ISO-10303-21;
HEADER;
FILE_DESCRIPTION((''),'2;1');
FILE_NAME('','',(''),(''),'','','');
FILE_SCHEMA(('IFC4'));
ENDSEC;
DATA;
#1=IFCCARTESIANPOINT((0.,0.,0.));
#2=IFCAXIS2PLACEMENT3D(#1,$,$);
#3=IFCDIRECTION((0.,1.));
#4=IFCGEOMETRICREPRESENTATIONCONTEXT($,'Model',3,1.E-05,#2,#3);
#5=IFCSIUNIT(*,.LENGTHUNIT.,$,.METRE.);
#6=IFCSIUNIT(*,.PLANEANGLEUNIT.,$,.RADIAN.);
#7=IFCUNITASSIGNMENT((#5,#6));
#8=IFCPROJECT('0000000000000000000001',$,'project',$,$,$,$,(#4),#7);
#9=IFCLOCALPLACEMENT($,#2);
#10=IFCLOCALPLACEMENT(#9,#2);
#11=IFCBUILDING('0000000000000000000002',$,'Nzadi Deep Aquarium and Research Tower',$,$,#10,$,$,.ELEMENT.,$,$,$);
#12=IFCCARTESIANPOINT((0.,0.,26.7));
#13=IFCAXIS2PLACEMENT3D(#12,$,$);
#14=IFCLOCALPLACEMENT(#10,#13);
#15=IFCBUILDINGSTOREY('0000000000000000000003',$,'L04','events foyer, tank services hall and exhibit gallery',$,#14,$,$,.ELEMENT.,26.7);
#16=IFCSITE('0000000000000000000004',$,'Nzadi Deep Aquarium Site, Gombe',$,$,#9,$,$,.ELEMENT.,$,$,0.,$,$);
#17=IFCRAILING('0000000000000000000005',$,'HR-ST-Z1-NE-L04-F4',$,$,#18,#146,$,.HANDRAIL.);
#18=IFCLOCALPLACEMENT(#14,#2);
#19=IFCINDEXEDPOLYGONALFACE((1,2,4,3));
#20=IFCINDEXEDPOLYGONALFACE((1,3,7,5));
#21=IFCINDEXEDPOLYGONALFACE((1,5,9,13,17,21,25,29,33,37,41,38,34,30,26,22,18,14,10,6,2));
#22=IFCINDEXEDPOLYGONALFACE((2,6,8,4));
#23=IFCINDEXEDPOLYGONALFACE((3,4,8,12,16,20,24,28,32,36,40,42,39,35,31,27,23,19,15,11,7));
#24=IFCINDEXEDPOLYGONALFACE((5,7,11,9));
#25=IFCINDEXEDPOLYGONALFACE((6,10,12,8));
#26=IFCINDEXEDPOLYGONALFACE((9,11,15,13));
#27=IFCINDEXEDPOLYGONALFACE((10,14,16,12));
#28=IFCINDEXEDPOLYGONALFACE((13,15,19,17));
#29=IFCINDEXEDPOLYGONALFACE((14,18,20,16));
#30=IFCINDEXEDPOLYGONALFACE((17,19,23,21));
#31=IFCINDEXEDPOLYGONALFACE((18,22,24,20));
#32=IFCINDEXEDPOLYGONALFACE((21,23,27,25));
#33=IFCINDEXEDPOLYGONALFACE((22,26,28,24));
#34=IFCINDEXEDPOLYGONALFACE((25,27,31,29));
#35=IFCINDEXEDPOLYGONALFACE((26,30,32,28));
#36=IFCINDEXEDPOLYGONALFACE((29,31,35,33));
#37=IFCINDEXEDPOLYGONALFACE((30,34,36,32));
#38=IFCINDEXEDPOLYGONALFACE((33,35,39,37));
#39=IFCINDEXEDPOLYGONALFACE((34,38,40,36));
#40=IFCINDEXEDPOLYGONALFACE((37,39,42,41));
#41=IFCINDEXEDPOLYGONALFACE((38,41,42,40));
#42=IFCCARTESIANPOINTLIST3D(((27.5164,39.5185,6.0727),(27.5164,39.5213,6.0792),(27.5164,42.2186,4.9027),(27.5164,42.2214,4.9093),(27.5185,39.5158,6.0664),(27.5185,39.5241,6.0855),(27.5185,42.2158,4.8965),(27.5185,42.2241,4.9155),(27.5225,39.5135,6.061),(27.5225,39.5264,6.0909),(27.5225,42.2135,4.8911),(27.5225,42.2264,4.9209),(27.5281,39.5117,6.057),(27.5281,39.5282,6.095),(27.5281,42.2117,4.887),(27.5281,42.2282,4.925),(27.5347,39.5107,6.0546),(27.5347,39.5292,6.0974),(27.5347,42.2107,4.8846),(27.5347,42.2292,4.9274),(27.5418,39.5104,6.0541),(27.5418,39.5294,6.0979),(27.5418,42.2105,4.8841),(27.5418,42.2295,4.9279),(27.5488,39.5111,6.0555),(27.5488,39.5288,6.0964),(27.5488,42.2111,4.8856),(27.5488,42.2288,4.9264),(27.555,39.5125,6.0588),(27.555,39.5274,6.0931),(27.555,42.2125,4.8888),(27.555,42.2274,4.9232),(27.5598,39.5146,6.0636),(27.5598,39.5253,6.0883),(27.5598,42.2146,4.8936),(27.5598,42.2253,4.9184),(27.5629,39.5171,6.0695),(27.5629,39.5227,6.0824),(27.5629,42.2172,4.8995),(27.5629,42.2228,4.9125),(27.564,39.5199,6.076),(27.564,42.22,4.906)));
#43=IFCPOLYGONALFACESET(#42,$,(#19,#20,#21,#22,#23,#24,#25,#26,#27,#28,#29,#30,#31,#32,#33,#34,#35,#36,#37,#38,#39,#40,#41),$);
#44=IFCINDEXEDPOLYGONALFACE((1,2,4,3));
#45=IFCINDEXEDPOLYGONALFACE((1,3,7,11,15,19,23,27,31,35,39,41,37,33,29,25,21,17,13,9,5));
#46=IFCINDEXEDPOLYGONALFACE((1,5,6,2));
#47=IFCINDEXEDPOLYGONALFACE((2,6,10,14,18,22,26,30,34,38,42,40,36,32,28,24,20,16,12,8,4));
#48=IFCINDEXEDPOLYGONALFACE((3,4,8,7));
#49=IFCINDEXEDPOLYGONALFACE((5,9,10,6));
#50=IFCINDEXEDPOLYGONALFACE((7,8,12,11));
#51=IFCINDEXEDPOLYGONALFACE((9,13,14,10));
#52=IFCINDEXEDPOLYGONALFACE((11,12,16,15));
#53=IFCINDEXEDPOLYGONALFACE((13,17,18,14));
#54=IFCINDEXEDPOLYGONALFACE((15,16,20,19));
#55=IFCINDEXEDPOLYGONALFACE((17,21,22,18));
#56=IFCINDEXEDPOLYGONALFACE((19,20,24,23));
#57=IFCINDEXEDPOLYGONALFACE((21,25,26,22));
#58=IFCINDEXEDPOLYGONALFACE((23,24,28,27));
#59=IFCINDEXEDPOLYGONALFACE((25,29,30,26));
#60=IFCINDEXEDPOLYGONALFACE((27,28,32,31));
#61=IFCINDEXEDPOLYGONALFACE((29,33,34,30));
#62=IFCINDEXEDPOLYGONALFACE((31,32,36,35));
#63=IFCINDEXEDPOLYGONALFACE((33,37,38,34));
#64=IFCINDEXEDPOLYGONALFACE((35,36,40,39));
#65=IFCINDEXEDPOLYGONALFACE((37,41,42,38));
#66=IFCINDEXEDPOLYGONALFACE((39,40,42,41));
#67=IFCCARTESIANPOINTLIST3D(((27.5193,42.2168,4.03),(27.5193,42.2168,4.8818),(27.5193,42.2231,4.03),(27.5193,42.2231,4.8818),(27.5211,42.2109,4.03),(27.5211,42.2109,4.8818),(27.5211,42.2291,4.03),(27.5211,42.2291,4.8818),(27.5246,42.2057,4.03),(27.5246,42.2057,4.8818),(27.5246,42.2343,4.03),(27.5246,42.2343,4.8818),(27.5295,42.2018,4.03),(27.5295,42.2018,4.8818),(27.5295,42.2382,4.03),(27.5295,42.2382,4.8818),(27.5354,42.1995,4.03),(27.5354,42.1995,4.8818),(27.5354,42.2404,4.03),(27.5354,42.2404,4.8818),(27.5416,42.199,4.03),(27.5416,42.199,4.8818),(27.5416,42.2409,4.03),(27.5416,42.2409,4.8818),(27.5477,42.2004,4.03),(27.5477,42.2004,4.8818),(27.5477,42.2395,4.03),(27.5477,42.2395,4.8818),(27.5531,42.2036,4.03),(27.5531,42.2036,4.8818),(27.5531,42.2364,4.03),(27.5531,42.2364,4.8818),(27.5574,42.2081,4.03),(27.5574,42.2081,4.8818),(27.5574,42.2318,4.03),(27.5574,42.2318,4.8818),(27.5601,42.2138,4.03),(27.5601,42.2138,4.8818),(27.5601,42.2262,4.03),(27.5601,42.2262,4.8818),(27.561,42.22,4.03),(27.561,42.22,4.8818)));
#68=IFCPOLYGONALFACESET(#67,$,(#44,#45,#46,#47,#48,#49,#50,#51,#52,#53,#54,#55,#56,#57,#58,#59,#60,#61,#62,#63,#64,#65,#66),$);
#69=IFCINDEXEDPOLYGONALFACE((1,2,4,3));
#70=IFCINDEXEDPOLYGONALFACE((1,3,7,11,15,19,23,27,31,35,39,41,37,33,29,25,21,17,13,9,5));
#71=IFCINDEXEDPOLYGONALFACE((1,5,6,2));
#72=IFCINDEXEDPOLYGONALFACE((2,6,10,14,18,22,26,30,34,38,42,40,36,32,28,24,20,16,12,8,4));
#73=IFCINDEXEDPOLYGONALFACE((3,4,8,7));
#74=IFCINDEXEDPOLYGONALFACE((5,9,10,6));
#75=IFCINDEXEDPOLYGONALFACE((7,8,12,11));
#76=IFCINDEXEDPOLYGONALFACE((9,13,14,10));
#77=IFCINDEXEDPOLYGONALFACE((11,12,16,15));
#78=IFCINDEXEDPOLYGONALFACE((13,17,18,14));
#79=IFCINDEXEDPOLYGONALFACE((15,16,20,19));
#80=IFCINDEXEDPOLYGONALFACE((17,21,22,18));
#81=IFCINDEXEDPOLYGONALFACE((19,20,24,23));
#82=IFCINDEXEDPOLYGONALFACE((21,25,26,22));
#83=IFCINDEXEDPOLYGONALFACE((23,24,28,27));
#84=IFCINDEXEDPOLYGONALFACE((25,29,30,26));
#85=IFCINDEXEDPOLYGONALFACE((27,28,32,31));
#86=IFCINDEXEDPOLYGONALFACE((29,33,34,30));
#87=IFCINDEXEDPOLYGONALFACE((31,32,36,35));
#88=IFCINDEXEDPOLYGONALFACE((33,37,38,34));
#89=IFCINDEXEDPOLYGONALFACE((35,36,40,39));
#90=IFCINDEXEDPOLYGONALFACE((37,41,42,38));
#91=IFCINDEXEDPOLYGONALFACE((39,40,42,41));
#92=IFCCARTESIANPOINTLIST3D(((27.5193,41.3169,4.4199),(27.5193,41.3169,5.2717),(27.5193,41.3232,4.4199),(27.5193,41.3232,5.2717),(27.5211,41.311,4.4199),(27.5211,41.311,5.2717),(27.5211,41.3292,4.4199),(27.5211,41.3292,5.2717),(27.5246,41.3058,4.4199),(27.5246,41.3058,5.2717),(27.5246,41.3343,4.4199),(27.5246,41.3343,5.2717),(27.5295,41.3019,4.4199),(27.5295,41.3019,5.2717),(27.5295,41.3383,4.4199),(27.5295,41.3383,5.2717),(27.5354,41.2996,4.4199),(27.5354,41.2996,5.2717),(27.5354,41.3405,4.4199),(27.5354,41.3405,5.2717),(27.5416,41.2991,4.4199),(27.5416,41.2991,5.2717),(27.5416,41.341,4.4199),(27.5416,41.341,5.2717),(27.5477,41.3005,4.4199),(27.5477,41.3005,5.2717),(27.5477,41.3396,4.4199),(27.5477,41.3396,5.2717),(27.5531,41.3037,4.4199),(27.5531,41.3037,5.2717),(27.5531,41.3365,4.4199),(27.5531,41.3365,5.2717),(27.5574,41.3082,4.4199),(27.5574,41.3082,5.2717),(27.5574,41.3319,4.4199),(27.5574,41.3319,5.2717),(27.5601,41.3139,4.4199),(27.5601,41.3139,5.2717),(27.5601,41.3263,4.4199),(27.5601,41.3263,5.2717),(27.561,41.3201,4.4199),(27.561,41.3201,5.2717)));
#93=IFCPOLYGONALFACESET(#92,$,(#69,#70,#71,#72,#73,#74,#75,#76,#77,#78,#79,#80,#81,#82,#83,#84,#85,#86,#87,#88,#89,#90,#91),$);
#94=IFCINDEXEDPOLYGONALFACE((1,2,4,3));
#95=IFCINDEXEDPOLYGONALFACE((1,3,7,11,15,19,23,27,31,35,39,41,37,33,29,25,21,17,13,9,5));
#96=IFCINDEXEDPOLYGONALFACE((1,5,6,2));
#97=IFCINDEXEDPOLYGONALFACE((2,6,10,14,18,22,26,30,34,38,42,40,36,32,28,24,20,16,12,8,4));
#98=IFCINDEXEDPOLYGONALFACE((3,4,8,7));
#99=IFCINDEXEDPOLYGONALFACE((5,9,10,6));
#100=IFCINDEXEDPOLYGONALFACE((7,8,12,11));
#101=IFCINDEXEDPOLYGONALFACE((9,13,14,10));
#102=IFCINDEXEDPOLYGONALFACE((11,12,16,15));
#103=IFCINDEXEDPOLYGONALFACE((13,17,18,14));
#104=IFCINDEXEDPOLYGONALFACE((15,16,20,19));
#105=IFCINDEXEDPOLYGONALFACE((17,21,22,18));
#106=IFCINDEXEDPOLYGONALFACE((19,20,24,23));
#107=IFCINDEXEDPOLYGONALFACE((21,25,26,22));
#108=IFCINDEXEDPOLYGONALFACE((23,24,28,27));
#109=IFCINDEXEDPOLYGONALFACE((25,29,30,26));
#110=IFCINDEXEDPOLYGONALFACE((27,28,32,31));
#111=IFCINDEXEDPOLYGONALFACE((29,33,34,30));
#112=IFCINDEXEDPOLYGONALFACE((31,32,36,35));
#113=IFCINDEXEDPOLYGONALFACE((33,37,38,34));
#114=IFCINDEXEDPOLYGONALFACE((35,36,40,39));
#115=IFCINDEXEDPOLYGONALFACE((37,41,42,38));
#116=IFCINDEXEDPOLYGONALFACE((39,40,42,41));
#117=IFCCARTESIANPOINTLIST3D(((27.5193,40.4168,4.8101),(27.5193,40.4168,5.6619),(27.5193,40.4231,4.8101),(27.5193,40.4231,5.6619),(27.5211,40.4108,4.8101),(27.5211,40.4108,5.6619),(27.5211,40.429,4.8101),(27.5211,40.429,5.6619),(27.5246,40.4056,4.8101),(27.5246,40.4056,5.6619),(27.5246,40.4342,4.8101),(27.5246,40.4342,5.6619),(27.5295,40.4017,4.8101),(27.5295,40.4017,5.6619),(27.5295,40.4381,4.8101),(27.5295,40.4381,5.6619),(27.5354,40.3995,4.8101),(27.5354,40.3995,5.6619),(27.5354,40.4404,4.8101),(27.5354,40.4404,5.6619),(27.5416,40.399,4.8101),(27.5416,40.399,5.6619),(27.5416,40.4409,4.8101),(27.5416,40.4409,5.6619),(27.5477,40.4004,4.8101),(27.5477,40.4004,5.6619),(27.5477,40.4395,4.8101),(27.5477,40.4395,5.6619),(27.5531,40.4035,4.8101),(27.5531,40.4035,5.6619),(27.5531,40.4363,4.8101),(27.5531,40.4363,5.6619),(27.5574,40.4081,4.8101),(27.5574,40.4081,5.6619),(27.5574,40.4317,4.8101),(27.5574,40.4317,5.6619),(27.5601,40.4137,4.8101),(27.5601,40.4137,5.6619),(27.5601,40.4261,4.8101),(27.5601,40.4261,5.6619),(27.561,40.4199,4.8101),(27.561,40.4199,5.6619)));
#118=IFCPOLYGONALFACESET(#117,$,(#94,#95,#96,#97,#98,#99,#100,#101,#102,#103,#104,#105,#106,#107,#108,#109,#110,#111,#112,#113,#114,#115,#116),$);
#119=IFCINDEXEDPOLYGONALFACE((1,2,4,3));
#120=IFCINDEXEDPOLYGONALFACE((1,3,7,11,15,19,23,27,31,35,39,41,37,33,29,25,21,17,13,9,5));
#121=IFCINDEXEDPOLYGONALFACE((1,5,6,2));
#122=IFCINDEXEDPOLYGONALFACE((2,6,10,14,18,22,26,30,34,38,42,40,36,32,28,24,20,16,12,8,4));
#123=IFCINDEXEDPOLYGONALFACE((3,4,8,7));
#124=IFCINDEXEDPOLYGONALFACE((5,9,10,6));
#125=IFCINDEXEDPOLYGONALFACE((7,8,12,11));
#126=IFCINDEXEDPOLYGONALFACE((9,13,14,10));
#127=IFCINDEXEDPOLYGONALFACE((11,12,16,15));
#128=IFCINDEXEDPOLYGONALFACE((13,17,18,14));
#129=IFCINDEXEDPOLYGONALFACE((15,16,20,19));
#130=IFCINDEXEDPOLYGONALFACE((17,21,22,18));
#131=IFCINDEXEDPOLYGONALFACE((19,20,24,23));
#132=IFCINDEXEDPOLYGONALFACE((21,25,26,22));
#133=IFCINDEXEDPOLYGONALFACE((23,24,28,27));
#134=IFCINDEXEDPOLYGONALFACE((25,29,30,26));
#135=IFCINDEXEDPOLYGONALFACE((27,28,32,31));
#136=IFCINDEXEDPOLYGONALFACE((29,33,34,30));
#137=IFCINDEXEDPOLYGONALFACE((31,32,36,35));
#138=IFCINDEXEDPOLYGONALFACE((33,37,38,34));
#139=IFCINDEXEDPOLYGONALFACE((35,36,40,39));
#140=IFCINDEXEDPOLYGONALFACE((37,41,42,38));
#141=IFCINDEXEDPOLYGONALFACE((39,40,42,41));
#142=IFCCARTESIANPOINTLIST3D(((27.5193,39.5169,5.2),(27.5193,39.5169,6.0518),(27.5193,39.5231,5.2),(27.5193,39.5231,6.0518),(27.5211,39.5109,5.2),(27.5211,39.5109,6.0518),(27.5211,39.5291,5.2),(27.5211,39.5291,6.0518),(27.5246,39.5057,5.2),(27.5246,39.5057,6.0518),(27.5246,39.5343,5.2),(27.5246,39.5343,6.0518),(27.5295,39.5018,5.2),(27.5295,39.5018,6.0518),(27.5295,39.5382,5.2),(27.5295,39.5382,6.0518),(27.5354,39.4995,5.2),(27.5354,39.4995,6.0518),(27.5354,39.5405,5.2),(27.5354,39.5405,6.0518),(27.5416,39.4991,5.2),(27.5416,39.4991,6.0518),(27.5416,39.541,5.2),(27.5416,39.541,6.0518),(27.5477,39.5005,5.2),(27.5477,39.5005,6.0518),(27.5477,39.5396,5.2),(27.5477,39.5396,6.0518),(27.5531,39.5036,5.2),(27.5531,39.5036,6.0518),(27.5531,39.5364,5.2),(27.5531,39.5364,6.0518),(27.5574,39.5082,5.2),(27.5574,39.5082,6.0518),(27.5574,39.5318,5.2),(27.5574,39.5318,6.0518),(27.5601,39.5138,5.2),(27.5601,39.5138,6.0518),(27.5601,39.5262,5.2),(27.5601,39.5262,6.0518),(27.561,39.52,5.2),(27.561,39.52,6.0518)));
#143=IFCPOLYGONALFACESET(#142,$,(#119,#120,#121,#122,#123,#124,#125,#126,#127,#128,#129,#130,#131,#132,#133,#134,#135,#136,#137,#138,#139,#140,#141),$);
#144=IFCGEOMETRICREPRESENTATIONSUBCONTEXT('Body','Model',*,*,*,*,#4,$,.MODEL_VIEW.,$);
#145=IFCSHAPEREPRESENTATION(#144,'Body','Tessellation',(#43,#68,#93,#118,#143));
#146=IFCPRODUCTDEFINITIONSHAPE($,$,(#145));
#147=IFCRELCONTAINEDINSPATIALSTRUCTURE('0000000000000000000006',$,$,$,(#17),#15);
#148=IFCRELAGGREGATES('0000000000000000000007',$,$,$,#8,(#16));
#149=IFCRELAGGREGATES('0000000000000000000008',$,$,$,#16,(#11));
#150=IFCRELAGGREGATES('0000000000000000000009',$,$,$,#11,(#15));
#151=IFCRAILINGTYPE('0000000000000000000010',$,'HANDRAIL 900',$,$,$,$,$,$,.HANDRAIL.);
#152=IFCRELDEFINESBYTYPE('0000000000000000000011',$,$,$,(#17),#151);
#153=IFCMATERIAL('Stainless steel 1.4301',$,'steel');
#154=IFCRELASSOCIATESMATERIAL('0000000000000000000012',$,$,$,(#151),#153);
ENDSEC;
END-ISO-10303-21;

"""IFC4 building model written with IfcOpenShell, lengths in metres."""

from ifc_helpers import new_model, si_unit, direction, frame, origin, origin_2d, place, context, subcontext, project, spatial, circle, extrude, material, type_object, element, save


model = new_model("IFC4")

# Units and contexts
model_context = context("Model", 3, precision=1e-05, world=origin(), true_north=direction((0.0, 1.0)))
body_context = subcontext(model_context, "Body", "Model", "MODEL_VIEW")
ifc_project = project(units=[si_unit("LENGTHUNIT", "METRE"), si_unit("PLANEANGLEUNIT", "RADIAN")], contexts=[model_context])

# Site, building, storey
site_placement = place(None, origin())
site = spatial("IfcSite", under=ifc_project, at=site_placement, Name="Nzadi Deep Aquarium Site, Gombe", CompositionType="ELEMENT", RefElevation=0.0)
building_placement = place(site_placement, origin())
building = spatial("IfcBuilding", under=site, at=building_placement, Name="Nzadi Deep Aquarium and Research Tower", CompositionType="ELEMENT")
storey_placement = place(building_placement, frame((0.0, 0.0, 26.7)))
storey = spatial("IfcBuildingStorey", under=building, at=storey_placement, Name="L04", Description="events foyer, tank services hall and exhibit gallery", CompositionType="ELEMENT", Elevation=26.7)

# Railing
ifc_material_1 = material(Name="Stainless steel 1.4301", Category="steel")
railing_type = type_object("IfcRailingType", Name="HANDRAIL 900", PredefinedType="HANDRAIL", material=ifc_material_1)
for number, where, name in (
    (1, (27.54, 42.22, 4.03), "HR-ST-Z1-NE-L04-F4"),
):
    element("IfcRailing", number, at=place(storey_placement, frame(where)), inside=storey, type_object=railing_type, Name=name, PredefinedType="HANDRAIL", context=body_context, shape_type="SweptSolid", body=[
        extrude(circle(Radius=0.0239, at=origin_2d()), frame((0.0, 0.0, 0.876), z_axis=(0.0, -0.917563, 0.397591), x_axis=(1.0, 0.0, 0.0)), (0.0, 0.0, 1.0), 2.9426),
        extrude(circle(Radius=0.021, at=origin_2d()), origin(), (0.0, 0.0, 1.0), 0.8518),
        extrude(circle(Radius=0.021, at=origin_2d()), frame((0.0, -0.8999, 0.3899)), (0.0, 0.0, 1.0), 0.8518),
        extrude(circle(Radius=0.021, at=origin_2d()), frame((0.0, -1.8, 0.78)), (0.0, 0.0, 1.0), 0.8518),
        extrude(circle(Radius=0.021, at=origin_2d()), frame((0.0, -2.7, 1.1699)), (0.0, 0.0, 1.0), 0.8518),
    ])

save(model, "model.ifc")
